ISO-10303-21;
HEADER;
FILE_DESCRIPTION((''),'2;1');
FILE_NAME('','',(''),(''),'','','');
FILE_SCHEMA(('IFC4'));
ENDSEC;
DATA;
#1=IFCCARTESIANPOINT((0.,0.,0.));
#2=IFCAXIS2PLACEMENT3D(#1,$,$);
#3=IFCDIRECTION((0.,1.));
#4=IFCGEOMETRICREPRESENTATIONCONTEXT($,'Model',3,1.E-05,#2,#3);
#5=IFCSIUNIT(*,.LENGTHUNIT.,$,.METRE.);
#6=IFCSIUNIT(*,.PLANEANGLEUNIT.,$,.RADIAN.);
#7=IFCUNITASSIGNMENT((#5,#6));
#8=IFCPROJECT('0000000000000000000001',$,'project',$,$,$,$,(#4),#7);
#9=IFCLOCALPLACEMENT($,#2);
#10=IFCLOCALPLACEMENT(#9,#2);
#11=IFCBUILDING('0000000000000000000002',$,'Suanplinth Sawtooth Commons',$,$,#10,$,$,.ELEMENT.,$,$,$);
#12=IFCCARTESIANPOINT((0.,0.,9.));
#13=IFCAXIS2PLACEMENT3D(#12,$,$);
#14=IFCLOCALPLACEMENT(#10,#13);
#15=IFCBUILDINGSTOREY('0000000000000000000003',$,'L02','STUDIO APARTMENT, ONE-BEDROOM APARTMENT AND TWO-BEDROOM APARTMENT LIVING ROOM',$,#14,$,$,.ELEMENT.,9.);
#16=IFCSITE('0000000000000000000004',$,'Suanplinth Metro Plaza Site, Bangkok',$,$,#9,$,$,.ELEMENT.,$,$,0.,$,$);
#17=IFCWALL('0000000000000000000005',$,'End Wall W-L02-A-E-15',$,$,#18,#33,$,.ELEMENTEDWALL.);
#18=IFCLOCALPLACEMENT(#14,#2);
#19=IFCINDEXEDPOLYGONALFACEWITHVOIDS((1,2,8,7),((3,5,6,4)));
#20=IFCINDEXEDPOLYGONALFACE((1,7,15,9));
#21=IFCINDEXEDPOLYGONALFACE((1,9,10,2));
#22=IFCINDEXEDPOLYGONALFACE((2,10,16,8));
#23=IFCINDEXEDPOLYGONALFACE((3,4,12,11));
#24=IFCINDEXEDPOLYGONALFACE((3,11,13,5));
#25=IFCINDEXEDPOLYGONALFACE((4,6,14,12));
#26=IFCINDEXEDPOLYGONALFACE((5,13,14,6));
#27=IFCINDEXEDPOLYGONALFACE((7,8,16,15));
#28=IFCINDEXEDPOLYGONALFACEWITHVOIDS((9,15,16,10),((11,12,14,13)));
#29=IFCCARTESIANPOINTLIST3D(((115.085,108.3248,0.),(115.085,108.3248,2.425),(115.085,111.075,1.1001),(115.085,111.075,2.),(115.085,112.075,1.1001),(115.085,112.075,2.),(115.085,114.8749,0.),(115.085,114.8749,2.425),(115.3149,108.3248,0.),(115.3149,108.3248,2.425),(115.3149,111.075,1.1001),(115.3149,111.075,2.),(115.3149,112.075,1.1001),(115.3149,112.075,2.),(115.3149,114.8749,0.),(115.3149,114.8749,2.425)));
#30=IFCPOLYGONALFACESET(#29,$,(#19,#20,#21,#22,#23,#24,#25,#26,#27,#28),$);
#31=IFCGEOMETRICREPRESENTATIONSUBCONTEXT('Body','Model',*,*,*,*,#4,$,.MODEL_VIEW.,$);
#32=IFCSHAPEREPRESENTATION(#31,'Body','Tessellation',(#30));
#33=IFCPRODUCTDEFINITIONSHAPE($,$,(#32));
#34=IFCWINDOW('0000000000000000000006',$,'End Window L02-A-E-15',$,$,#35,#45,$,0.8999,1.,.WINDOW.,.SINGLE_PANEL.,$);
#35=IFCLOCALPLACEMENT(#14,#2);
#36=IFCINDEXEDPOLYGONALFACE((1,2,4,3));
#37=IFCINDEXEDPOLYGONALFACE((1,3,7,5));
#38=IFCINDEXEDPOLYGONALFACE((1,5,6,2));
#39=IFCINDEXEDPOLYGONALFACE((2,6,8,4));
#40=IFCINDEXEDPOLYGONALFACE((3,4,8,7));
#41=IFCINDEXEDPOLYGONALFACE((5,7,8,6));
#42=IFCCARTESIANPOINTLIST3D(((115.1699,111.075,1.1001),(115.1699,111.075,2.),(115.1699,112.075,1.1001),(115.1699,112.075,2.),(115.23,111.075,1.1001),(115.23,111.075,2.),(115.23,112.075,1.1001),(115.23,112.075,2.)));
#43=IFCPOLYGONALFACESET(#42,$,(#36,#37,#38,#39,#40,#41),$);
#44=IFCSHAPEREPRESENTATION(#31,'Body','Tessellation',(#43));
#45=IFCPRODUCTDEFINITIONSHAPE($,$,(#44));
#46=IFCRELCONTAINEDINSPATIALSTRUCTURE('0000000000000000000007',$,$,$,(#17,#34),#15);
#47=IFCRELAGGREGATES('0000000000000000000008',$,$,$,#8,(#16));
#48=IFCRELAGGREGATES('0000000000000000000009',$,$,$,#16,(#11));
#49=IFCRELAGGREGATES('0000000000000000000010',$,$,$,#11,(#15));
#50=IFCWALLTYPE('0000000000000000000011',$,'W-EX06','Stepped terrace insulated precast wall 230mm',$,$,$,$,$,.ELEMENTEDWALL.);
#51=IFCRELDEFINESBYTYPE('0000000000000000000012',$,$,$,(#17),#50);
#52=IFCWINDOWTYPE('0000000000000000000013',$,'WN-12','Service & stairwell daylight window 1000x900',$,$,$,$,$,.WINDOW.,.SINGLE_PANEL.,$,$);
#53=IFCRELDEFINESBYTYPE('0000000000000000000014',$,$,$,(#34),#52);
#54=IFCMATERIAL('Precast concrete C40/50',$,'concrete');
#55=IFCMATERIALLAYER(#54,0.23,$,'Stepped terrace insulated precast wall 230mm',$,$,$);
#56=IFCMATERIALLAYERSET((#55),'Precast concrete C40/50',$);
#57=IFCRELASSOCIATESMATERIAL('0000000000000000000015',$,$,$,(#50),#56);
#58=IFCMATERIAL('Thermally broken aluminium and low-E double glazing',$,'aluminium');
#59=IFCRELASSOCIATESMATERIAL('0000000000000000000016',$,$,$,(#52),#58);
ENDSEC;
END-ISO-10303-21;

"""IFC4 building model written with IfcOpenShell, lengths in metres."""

from ifc_helpers import new_model, si_unit, direction, frame, frame_2d, origin, place, context, subcontext, project, spatial, rectangle, extrude, material, layer, layer_set, type_object, element, fill, save


model = new_model("IFC4")

# Units and contexts
model_context = context("Model", 3, precision=1e-05, world=origin(), true_north=direction((0.0, 1.0)))
body_context = subcontext(model_context, "Body", "Model", "MODEL_VIEW")
ifc_project = project(units=[si_unit("LENGTHUNIT", "METRE"), si_unit("PLANEANGLEUNIT", "RADIAN")], contexts=[model_context])

# Site, building, storey
site_placement = place(None, origin())
site = spatial("IfcSite", under=ifc_project, at=site_placement, Name="Suanplinth Metro Plaza Site, Bangkok", CompositionType="ELEMENT", RefElevation=0.0)
building_placement = place(site_placement, origin())
building = spatial("IfcBuilding", under=site, at=building_placement, Name="Suanplinth Sawtooth Commons", CompositionType="ELEMENT")
storey_placement = place(building_placement, frame((0.0, 0.0, 9.0)))
storey = spatial("IfcBuildingStorey", under=building, at=storey_placement, Name="L02", Description="STUDIO APARTMENT, ONE-BEDROOM APARTMENT AND TWO-BEDROOM APARTMENT LIVING ROOM", CompositionType="ELEMENT", Elevation=9.0)

# Shared definitions
ifc_material_1 = material(Name="Precast concrete C40/50", Category="concrete")

# Wall, opening, window
ifc_layer_1 = layer(ifc_material_1, 0.23, Name="Stepped terrace insulated precast wall 230mm")
ifc_layer_set_1 = layer_set([ifc_layer_1], Name="Precast concrete C40/50")
wall_type = type_object("IfcWallType", Name="W-EX06", Description="Stepped terrace insulated precast wall 230mm", PredefinedType="ELEMENTEDWALL", material=ifc_layer_set_1)
wall_placement = place(storey_placement, frame((115.2, 108.325, 0.0), z_axis=(0.0, 0.0, 1.0), x_axis=(0.0, 1.0, 0.0)))
wall = element("IfcWall", 1, at=wall_placement, inside=storey, type_object=wall_type, Name="End Wall W-L02-A-E-15", PredefinedType="ELEMENTEDWALL", context=body_context, shape_type="SweptSolid", body=[
    extrude(rectangle(XDim=6.55, YDim=0.23, at=frame_2d((3.2749, 0.0))), origin(), (0.0, 0.0, 1.0), 2.425),
])
opening_placement = place(wall_placement, frame((2.75, 0.0, 1.1001)))
opening = element("IfcOpeningElement", 2, at=opening_placement, cuts=wall, PredefinedType="OPENING", context=body_context, shape_type="SweptSolid", body=[
    extrude(rectangle(XDim=1.0, YDim=0.8999, at=frame_2d((0.5, 0.45))), frame((0.0, 0.1299, 0.0), z_axis=(0.0, -1.0, 0.0), x_axis=(1.0, 0.0, 0.0)), (0.0, 0.0, 1.0), 0.2598),
])
ifc_material_2 = material(Name="Thermally broken aluminium and low-E double glazing", Category="aluminium")
window_type = type_object("IfcWindowType", Name="WN-12", Description="Service & stairwell daylight window 1000x900", PartitioningType="SINGLE_PANEL", PredefinedType="WINDOW", material=ifc_material_2)
window_placement = place(opening_placement, origin())
window = element("IfcWindow", 3, at=window_placement, inside=storey, type_object=window_type, Name="End Window L02-A-E-15", OverallHeight=0.8999, OverallWidth=1.0, PartitioningType="SINGLE_PANEL", PredefinedType="WINDOW", context=body_context, shape_type="SweptSolid", body=[
    extrude(rectangle(XDim=1.0, YDim=0.8999, at=frame_2d((0.5, 0.45))), frame((0.0, 0.03, 0.0), z_axis=(0.0, -1.0, 0.0), x_axis=(1.0, 0.0, 0.0)), (0.0, 0.0, 1.0), 0.0601),
])
fill(opening, window)

save(model, "model.ifc")
